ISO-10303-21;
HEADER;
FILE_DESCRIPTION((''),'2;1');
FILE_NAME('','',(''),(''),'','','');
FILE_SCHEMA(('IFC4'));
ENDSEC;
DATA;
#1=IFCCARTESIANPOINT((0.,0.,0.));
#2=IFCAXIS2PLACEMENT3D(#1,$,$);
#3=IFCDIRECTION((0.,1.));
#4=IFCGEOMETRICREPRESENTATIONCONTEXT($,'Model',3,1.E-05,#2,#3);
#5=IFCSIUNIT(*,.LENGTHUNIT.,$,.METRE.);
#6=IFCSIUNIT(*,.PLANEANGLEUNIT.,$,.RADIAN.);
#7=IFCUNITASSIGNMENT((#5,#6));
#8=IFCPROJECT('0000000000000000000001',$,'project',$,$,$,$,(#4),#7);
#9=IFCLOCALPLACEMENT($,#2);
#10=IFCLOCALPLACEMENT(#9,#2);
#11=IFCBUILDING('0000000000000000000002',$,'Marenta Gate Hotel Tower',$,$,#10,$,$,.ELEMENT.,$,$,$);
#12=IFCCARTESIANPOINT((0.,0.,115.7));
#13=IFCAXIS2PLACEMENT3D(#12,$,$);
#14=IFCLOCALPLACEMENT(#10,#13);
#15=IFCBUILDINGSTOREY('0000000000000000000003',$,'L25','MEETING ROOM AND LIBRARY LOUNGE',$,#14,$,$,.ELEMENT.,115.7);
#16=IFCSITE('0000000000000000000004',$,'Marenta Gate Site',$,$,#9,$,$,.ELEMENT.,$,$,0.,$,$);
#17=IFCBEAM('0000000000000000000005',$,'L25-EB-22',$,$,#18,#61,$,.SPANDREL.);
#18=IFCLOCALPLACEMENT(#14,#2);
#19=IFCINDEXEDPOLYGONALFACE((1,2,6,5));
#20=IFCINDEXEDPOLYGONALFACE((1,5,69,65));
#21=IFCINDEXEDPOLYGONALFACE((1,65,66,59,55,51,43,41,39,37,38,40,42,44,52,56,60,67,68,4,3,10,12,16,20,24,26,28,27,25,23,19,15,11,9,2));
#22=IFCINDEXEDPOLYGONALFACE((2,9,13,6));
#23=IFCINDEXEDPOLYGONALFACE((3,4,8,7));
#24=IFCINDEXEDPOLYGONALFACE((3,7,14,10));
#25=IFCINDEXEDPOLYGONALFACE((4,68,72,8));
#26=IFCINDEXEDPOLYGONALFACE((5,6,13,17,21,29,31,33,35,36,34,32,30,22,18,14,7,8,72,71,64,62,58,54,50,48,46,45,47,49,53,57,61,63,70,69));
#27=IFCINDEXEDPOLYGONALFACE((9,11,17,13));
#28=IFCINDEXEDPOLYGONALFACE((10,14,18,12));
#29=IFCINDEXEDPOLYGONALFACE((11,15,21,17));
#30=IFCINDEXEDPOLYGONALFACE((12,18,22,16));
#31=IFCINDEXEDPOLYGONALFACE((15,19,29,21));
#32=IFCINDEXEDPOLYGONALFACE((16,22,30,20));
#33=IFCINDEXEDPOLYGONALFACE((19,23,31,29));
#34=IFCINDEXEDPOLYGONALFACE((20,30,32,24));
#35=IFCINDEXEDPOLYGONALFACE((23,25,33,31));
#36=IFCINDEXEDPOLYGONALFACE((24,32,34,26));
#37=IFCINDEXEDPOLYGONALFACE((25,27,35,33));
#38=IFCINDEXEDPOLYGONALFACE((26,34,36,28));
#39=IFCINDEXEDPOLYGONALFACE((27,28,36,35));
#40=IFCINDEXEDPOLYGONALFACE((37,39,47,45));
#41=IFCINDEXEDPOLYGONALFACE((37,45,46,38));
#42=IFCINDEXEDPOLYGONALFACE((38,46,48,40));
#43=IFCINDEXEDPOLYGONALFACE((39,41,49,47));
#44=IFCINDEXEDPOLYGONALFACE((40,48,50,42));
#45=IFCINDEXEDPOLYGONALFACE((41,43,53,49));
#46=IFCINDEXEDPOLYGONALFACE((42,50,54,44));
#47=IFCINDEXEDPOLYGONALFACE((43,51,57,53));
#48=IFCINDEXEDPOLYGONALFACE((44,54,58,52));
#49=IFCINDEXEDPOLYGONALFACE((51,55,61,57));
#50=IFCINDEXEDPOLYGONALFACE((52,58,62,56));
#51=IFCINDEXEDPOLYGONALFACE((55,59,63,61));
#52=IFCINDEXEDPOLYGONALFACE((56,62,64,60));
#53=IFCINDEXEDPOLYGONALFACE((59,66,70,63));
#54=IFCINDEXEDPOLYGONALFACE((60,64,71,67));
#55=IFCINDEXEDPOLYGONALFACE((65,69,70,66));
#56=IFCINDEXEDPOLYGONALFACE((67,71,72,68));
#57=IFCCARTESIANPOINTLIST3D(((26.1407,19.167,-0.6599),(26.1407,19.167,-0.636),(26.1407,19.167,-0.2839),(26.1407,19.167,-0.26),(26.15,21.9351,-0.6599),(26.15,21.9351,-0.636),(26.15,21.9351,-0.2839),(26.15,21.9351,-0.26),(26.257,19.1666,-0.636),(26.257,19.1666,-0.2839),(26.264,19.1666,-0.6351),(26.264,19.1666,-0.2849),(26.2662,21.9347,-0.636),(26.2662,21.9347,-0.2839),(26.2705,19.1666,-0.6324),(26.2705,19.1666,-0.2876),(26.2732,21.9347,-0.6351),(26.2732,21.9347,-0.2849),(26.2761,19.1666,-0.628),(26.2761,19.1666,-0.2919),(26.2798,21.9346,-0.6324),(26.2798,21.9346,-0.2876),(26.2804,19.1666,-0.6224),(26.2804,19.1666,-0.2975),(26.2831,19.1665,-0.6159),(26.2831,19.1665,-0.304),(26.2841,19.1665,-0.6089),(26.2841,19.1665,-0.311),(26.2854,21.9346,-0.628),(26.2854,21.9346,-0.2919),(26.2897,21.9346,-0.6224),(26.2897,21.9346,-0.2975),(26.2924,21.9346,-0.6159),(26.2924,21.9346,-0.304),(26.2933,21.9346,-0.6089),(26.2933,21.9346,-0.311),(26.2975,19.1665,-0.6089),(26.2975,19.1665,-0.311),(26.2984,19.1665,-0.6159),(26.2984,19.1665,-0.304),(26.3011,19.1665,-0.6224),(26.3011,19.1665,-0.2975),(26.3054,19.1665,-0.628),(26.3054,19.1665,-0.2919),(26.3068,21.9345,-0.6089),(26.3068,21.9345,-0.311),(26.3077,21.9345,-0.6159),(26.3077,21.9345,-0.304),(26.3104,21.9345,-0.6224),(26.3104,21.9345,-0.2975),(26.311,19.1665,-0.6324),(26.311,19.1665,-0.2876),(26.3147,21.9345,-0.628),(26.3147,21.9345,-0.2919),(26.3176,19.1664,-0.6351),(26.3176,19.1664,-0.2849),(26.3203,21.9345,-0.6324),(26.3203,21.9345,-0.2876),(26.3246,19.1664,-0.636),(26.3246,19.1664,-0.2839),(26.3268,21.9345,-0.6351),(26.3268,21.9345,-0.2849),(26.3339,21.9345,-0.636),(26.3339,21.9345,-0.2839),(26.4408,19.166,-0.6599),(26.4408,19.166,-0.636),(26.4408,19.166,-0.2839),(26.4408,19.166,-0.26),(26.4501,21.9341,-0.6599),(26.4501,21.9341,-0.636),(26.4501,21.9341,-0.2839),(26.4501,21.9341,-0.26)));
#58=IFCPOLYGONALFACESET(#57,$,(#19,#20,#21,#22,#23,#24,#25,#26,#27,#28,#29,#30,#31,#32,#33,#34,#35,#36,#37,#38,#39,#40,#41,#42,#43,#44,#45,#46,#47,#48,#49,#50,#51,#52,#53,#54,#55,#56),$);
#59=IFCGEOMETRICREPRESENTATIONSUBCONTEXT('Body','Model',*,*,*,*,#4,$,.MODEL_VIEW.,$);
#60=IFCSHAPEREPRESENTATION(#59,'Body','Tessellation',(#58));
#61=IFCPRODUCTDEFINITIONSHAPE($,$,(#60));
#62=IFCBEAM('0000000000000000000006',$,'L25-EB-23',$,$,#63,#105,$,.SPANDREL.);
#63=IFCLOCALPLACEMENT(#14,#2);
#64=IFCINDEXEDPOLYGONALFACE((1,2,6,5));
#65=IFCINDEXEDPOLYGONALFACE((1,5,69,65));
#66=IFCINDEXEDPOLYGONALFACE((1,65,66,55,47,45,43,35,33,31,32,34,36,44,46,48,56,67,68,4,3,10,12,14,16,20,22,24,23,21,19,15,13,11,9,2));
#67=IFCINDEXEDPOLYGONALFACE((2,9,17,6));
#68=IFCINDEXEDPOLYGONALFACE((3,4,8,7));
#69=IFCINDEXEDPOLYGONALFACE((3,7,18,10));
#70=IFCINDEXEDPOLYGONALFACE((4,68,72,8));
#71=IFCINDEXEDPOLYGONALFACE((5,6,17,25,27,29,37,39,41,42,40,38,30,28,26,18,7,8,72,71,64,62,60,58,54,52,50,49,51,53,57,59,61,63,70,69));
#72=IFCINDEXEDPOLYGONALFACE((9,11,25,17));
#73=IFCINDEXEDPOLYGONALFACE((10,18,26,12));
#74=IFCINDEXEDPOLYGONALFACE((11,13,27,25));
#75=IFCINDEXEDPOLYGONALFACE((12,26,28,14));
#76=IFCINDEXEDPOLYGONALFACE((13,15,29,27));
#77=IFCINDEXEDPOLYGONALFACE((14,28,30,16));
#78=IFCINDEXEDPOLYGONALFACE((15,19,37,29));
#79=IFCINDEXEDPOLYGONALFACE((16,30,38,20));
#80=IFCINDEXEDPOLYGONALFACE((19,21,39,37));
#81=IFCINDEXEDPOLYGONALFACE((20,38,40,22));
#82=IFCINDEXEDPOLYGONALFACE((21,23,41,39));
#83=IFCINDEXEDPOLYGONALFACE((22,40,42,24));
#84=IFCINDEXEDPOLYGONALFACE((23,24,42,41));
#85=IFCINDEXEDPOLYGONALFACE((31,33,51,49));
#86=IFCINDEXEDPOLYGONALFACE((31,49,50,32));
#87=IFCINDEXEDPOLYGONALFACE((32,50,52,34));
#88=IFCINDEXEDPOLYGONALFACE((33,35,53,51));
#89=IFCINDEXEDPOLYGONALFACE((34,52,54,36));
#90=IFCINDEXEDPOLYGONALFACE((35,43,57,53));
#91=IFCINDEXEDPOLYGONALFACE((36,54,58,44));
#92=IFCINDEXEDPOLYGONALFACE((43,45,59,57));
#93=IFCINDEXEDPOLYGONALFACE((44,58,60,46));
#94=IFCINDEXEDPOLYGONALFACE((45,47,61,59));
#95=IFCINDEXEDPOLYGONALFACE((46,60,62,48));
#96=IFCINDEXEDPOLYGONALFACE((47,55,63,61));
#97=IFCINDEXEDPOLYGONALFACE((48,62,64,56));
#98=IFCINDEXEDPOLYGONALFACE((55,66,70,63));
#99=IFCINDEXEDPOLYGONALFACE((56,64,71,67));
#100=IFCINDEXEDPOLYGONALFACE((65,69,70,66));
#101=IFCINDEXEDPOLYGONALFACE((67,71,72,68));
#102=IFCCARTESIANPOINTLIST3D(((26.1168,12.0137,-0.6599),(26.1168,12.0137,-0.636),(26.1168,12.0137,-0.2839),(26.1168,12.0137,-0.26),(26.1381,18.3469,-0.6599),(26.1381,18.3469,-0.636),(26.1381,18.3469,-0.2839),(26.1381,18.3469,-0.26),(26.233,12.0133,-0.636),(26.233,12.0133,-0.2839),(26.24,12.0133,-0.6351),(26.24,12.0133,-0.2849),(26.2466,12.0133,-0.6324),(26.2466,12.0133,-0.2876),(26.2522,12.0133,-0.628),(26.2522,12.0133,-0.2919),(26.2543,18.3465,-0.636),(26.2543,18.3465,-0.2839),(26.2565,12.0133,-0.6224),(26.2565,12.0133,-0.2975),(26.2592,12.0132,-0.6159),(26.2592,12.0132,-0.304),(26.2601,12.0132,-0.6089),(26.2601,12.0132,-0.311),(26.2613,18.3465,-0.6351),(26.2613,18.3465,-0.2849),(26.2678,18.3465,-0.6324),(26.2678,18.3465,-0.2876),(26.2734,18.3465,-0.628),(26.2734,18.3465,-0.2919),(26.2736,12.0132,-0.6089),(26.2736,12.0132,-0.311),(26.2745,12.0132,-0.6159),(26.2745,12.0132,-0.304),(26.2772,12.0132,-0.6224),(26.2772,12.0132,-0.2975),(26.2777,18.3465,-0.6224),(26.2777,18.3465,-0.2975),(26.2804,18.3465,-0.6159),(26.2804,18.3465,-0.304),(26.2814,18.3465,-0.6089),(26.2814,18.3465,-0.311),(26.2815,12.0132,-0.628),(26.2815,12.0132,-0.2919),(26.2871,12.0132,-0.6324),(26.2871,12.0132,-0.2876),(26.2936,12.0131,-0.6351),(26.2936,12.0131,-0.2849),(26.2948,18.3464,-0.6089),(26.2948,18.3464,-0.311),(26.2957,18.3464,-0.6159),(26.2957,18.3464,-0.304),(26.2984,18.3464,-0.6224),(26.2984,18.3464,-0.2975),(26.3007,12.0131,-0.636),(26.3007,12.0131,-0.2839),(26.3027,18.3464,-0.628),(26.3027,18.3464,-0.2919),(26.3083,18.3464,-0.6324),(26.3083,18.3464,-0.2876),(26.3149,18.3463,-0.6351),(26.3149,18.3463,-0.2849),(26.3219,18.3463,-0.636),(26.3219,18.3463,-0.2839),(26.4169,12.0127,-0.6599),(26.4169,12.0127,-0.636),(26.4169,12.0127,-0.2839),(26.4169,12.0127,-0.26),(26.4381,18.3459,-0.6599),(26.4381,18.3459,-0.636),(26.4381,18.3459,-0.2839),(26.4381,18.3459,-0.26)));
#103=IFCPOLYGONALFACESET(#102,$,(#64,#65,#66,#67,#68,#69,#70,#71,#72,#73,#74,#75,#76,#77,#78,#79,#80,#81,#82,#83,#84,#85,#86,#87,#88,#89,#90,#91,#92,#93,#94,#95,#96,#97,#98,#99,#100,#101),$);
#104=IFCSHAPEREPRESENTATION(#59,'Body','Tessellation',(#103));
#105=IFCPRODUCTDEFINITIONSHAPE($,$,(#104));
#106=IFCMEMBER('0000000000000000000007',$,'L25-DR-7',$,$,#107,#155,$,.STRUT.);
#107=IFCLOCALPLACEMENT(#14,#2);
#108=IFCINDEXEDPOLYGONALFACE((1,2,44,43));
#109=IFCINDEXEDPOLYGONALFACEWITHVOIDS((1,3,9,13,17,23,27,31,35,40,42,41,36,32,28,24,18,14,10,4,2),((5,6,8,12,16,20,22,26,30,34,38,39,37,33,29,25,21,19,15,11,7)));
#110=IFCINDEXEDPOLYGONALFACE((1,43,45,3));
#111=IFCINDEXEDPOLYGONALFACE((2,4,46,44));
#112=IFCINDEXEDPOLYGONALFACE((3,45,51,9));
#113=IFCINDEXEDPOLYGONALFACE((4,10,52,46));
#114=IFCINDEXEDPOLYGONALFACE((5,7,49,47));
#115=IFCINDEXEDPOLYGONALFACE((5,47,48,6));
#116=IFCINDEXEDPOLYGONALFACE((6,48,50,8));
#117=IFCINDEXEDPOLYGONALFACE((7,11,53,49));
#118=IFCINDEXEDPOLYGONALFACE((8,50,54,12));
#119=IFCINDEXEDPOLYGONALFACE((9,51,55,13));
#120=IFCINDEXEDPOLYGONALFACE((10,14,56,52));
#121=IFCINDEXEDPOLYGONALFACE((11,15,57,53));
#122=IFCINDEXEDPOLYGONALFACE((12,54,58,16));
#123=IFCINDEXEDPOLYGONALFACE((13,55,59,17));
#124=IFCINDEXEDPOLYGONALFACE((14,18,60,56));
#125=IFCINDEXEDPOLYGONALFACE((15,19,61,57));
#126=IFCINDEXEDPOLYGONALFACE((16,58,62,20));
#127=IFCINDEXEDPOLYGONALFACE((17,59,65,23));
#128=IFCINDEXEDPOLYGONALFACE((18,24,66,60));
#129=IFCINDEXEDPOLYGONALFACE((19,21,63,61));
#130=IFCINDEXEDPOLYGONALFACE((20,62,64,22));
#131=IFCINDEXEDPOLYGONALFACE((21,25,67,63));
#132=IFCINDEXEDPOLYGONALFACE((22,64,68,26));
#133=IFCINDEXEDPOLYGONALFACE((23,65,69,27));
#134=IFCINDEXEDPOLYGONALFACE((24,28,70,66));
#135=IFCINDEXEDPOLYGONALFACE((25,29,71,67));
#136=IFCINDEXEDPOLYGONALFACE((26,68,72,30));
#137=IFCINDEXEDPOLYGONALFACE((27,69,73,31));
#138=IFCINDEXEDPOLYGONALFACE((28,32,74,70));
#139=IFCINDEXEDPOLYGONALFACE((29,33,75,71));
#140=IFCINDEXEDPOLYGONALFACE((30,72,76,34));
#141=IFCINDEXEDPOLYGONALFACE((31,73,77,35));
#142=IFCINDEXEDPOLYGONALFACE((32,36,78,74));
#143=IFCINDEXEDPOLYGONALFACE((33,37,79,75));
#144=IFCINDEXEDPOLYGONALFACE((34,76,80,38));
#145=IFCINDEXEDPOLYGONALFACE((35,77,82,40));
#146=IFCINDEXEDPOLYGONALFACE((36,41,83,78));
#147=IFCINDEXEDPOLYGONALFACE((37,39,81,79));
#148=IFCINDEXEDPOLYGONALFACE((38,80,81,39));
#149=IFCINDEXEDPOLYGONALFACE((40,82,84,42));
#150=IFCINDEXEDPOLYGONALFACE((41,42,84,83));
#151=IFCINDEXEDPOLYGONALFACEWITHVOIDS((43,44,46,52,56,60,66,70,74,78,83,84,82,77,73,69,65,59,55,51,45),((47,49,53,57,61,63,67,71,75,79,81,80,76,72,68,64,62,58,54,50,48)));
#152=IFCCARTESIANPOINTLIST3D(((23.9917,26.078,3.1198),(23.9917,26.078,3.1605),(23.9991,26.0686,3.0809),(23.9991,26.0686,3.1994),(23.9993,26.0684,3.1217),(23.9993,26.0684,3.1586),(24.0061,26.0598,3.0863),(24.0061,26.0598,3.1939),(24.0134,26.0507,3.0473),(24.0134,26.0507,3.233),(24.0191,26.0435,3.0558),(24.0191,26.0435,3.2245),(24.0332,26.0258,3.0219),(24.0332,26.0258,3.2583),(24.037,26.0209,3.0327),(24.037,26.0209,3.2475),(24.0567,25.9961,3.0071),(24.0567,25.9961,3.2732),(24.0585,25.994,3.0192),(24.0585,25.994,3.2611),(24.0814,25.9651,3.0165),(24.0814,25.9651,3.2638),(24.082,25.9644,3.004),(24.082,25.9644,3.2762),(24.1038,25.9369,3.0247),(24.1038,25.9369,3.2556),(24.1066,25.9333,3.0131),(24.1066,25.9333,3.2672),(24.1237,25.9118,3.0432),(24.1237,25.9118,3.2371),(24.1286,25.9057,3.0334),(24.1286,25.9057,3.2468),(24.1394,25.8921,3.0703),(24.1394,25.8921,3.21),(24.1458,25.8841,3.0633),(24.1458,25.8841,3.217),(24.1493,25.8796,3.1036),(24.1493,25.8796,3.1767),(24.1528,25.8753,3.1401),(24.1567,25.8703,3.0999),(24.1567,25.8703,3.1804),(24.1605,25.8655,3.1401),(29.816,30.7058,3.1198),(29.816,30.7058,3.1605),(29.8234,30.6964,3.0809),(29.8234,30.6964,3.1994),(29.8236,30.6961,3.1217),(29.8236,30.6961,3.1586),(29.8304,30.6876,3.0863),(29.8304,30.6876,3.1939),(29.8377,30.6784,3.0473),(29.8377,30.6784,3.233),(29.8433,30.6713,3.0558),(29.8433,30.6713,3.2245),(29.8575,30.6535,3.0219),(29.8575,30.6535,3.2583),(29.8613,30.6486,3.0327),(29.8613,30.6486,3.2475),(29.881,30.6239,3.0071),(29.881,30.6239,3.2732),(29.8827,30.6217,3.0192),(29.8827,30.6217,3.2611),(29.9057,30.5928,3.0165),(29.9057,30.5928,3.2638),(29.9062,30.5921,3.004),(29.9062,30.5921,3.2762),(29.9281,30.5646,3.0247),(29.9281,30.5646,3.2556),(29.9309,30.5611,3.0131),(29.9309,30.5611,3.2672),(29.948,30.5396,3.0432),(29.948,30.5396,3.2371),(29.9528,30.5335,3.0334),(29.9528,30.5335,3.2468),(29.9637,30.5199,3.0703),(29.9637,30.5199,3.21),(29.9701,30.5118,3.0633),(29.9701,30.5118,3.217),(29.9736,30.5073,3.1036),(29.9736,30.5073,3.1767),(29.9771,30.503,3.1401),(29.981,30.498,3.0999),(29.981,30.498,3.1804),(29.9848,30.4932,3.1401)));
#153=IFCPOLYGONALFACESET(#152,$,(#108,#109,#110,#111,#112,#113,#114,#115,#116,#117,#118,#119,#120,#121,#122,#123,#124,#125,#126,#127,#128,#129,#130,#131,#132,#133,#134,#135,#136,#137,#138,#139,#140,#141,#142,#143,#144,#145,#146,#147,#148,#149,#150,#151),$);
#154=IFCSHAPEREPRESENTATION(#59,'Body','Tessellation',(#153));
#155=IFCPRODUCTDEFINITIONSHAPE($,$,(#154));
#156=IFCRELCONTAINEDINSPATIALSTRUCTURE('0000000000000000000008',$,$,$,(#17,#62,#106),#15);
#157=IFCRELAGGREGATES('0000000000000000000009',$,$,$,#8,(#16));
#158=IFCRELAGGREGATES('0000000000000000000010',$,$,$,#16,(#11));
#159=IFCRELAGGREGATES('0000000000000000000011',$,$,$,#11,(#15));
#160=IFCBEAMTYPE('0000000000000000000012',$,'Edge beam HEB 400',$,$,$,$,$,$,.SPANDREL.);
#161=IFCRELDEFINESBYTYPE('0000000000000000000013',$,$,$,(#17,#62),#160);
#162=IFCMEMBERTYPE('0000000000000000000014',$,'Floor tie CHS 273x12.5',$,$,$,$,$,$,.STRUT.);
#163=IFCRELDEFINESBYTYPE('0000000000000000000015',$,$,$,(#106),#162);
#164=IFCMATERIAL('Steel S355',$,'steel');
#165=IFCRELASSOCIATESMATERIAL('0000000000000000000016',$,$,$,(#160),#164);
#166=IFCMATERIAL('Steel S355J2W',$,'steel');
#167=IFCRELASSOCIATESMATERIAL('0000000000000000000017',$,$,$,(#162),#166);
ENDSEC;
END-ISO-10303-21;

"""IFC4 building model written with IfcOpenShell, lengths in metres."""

from ifc_helpers import new_model, si_unit, direction, frame, origin, origin_2d, place, context, subcontext, project, spatial, hollow_circle, i_section, extrude, material, material_profile, profile_set, type_object, element, save


model = new_model("IFC4")

# Units and contexts
model_context = context("Model", 3, precision=1e-05, world=origin(), true_north=direction((0.0, 1.0)))
body_context = subcontext(model_context, "Body", "Model", "MODEL_VIEW")
ifc_project = project(units=[si_unit("LENGTHUNIT", "METRE"), si_unit("PLANEANGLEUNIT", "RADIAN")], contexts=[model_context])

# Site, building, storey
site_placement = place(None, origin())
site = spatial("IfcSite", under=ifc_project, at=site_placement, Name="Marenta Gate Site", CompositionType="ELEMENT", RefElevation=0.0)
building_placement = place(site_placement, origin())
building = spatial("IfcBuilding", under=site, at=building_placement, Name="Marenta Gate Hotel Tower", CompositionType="ELEMENT")
storey_placement = place(building_placement, frame((0.0, 0.0, 115.7)))
storey = spatial("IfcBuildingStorey", under=building, at=storey_placement, Name="L25", Description="MEETING ROOM AND LIBRARY LOUNGE", CompositionType="ELEMENT", Elevation=115.7)

# Beams
ifc_material_1 = material(Name="Steel S355", Category="steel")
ifc_material_profile_1 = material_profile(ifc_material_1, i_section(OverallWidth=0.3, OverallDepth=0.3999, WebThickness=0.0134, FlangeThickness=0.0239, FilletRadius=0.0271, at=origin_2d()), Name="HEB 400")
ifc_profile_set_1 = profile_set([ifc_material_profile_1], Name="Steel S355")
beam_type = type_object("IfcBeamType", Name="Edge beam HEB 400", PredefinedType="SPANDREL", material=ifc_profile_set_1)
beam_1_placement = place(storey_placement, frame((26.3, 21.9346, -0.46), z_axis=(-0.003352, -0.999994, 0.0), x_axis=(0.999994, -0.003352, 0.0)))
element("IfcBeam", 1, at=beam_1_placement, inside=storey, type_object=beam_type, Name="L25-EB-22", PredefinedType="SPANDREL", context=body_context, shape_type="SweptSolid", body=[
    extrude(i_section(OverallWidth=0.3, OverallDepth=0.3999, WebThickness=0.0134, FlangeThickness=0.0239, FilletRadius=0.0271, at=origin_2d()), origin(), (0.0, 0.0, 1.0), 2.7681),
])
beam_2_placement = place(storey_placement, frame((26.2881, 18.3464, -0.46), z_axis=(-0.003354, -0.999994, 0.0), x_axis=(0.999994, -0.003354, 0.0)))
element("IfcBeam", 2, at=beam_2_placement, inside=storey, type_object=beam_type, Name="L25-EB-23", PredefinedType="SPANDREL", context=body_context, shape_type="SweptSolid", body=[
    extrude(i_section(OverallWidth=0.3, OverallDepth=0.3999, WebThickness=0.0134, FlangeThickness=0.0239, FilletRadius=0.0271, at=origin_2d()), origin(), (0.0, 0.0, 1.0), 6.3333),
])

# Member
ifc_material_2 = material(Name="Steel S355J2W", Category="steel")
ifc_material_profile_2 = material_profile(ifc_material_2, hollow_circle(Radius=0.1365, WallThickness=0.0125, at=origin_2d()), Name="CHS 273x12.5")
ifc_profile_set_2 = profile_set([ifc_material_profile_2], Name="Steel S355J2W")
member_type_1 = type_object("IfcMemberType", Name="Floor tie CHS 273x12.5", PredefinedType="STRUT", material=ifc_profile_set_2)
member_1_placement = place(storey_placement, frame((29.8999, 30.6001, 3.1401), z_axis=(-0.782943, -0.622094, 0.0), x_axis=(0.622094, -0.782943, 0.0)))
element("IfcMember", 3, at=member_1_placement, inside=storey, type_object=member_type_1, Name="L25-DR-7", PredefinedType="STRUT", context=body_context, shape_type="SweptSolid", body=[
    extrude(hollow_circle(Radius=0.1365, WallThickness=0.0125, at=origin_2d()), origin(), (0.0, 0.0, 1.0), 7.439),
])

save(model, "model.ifc")
